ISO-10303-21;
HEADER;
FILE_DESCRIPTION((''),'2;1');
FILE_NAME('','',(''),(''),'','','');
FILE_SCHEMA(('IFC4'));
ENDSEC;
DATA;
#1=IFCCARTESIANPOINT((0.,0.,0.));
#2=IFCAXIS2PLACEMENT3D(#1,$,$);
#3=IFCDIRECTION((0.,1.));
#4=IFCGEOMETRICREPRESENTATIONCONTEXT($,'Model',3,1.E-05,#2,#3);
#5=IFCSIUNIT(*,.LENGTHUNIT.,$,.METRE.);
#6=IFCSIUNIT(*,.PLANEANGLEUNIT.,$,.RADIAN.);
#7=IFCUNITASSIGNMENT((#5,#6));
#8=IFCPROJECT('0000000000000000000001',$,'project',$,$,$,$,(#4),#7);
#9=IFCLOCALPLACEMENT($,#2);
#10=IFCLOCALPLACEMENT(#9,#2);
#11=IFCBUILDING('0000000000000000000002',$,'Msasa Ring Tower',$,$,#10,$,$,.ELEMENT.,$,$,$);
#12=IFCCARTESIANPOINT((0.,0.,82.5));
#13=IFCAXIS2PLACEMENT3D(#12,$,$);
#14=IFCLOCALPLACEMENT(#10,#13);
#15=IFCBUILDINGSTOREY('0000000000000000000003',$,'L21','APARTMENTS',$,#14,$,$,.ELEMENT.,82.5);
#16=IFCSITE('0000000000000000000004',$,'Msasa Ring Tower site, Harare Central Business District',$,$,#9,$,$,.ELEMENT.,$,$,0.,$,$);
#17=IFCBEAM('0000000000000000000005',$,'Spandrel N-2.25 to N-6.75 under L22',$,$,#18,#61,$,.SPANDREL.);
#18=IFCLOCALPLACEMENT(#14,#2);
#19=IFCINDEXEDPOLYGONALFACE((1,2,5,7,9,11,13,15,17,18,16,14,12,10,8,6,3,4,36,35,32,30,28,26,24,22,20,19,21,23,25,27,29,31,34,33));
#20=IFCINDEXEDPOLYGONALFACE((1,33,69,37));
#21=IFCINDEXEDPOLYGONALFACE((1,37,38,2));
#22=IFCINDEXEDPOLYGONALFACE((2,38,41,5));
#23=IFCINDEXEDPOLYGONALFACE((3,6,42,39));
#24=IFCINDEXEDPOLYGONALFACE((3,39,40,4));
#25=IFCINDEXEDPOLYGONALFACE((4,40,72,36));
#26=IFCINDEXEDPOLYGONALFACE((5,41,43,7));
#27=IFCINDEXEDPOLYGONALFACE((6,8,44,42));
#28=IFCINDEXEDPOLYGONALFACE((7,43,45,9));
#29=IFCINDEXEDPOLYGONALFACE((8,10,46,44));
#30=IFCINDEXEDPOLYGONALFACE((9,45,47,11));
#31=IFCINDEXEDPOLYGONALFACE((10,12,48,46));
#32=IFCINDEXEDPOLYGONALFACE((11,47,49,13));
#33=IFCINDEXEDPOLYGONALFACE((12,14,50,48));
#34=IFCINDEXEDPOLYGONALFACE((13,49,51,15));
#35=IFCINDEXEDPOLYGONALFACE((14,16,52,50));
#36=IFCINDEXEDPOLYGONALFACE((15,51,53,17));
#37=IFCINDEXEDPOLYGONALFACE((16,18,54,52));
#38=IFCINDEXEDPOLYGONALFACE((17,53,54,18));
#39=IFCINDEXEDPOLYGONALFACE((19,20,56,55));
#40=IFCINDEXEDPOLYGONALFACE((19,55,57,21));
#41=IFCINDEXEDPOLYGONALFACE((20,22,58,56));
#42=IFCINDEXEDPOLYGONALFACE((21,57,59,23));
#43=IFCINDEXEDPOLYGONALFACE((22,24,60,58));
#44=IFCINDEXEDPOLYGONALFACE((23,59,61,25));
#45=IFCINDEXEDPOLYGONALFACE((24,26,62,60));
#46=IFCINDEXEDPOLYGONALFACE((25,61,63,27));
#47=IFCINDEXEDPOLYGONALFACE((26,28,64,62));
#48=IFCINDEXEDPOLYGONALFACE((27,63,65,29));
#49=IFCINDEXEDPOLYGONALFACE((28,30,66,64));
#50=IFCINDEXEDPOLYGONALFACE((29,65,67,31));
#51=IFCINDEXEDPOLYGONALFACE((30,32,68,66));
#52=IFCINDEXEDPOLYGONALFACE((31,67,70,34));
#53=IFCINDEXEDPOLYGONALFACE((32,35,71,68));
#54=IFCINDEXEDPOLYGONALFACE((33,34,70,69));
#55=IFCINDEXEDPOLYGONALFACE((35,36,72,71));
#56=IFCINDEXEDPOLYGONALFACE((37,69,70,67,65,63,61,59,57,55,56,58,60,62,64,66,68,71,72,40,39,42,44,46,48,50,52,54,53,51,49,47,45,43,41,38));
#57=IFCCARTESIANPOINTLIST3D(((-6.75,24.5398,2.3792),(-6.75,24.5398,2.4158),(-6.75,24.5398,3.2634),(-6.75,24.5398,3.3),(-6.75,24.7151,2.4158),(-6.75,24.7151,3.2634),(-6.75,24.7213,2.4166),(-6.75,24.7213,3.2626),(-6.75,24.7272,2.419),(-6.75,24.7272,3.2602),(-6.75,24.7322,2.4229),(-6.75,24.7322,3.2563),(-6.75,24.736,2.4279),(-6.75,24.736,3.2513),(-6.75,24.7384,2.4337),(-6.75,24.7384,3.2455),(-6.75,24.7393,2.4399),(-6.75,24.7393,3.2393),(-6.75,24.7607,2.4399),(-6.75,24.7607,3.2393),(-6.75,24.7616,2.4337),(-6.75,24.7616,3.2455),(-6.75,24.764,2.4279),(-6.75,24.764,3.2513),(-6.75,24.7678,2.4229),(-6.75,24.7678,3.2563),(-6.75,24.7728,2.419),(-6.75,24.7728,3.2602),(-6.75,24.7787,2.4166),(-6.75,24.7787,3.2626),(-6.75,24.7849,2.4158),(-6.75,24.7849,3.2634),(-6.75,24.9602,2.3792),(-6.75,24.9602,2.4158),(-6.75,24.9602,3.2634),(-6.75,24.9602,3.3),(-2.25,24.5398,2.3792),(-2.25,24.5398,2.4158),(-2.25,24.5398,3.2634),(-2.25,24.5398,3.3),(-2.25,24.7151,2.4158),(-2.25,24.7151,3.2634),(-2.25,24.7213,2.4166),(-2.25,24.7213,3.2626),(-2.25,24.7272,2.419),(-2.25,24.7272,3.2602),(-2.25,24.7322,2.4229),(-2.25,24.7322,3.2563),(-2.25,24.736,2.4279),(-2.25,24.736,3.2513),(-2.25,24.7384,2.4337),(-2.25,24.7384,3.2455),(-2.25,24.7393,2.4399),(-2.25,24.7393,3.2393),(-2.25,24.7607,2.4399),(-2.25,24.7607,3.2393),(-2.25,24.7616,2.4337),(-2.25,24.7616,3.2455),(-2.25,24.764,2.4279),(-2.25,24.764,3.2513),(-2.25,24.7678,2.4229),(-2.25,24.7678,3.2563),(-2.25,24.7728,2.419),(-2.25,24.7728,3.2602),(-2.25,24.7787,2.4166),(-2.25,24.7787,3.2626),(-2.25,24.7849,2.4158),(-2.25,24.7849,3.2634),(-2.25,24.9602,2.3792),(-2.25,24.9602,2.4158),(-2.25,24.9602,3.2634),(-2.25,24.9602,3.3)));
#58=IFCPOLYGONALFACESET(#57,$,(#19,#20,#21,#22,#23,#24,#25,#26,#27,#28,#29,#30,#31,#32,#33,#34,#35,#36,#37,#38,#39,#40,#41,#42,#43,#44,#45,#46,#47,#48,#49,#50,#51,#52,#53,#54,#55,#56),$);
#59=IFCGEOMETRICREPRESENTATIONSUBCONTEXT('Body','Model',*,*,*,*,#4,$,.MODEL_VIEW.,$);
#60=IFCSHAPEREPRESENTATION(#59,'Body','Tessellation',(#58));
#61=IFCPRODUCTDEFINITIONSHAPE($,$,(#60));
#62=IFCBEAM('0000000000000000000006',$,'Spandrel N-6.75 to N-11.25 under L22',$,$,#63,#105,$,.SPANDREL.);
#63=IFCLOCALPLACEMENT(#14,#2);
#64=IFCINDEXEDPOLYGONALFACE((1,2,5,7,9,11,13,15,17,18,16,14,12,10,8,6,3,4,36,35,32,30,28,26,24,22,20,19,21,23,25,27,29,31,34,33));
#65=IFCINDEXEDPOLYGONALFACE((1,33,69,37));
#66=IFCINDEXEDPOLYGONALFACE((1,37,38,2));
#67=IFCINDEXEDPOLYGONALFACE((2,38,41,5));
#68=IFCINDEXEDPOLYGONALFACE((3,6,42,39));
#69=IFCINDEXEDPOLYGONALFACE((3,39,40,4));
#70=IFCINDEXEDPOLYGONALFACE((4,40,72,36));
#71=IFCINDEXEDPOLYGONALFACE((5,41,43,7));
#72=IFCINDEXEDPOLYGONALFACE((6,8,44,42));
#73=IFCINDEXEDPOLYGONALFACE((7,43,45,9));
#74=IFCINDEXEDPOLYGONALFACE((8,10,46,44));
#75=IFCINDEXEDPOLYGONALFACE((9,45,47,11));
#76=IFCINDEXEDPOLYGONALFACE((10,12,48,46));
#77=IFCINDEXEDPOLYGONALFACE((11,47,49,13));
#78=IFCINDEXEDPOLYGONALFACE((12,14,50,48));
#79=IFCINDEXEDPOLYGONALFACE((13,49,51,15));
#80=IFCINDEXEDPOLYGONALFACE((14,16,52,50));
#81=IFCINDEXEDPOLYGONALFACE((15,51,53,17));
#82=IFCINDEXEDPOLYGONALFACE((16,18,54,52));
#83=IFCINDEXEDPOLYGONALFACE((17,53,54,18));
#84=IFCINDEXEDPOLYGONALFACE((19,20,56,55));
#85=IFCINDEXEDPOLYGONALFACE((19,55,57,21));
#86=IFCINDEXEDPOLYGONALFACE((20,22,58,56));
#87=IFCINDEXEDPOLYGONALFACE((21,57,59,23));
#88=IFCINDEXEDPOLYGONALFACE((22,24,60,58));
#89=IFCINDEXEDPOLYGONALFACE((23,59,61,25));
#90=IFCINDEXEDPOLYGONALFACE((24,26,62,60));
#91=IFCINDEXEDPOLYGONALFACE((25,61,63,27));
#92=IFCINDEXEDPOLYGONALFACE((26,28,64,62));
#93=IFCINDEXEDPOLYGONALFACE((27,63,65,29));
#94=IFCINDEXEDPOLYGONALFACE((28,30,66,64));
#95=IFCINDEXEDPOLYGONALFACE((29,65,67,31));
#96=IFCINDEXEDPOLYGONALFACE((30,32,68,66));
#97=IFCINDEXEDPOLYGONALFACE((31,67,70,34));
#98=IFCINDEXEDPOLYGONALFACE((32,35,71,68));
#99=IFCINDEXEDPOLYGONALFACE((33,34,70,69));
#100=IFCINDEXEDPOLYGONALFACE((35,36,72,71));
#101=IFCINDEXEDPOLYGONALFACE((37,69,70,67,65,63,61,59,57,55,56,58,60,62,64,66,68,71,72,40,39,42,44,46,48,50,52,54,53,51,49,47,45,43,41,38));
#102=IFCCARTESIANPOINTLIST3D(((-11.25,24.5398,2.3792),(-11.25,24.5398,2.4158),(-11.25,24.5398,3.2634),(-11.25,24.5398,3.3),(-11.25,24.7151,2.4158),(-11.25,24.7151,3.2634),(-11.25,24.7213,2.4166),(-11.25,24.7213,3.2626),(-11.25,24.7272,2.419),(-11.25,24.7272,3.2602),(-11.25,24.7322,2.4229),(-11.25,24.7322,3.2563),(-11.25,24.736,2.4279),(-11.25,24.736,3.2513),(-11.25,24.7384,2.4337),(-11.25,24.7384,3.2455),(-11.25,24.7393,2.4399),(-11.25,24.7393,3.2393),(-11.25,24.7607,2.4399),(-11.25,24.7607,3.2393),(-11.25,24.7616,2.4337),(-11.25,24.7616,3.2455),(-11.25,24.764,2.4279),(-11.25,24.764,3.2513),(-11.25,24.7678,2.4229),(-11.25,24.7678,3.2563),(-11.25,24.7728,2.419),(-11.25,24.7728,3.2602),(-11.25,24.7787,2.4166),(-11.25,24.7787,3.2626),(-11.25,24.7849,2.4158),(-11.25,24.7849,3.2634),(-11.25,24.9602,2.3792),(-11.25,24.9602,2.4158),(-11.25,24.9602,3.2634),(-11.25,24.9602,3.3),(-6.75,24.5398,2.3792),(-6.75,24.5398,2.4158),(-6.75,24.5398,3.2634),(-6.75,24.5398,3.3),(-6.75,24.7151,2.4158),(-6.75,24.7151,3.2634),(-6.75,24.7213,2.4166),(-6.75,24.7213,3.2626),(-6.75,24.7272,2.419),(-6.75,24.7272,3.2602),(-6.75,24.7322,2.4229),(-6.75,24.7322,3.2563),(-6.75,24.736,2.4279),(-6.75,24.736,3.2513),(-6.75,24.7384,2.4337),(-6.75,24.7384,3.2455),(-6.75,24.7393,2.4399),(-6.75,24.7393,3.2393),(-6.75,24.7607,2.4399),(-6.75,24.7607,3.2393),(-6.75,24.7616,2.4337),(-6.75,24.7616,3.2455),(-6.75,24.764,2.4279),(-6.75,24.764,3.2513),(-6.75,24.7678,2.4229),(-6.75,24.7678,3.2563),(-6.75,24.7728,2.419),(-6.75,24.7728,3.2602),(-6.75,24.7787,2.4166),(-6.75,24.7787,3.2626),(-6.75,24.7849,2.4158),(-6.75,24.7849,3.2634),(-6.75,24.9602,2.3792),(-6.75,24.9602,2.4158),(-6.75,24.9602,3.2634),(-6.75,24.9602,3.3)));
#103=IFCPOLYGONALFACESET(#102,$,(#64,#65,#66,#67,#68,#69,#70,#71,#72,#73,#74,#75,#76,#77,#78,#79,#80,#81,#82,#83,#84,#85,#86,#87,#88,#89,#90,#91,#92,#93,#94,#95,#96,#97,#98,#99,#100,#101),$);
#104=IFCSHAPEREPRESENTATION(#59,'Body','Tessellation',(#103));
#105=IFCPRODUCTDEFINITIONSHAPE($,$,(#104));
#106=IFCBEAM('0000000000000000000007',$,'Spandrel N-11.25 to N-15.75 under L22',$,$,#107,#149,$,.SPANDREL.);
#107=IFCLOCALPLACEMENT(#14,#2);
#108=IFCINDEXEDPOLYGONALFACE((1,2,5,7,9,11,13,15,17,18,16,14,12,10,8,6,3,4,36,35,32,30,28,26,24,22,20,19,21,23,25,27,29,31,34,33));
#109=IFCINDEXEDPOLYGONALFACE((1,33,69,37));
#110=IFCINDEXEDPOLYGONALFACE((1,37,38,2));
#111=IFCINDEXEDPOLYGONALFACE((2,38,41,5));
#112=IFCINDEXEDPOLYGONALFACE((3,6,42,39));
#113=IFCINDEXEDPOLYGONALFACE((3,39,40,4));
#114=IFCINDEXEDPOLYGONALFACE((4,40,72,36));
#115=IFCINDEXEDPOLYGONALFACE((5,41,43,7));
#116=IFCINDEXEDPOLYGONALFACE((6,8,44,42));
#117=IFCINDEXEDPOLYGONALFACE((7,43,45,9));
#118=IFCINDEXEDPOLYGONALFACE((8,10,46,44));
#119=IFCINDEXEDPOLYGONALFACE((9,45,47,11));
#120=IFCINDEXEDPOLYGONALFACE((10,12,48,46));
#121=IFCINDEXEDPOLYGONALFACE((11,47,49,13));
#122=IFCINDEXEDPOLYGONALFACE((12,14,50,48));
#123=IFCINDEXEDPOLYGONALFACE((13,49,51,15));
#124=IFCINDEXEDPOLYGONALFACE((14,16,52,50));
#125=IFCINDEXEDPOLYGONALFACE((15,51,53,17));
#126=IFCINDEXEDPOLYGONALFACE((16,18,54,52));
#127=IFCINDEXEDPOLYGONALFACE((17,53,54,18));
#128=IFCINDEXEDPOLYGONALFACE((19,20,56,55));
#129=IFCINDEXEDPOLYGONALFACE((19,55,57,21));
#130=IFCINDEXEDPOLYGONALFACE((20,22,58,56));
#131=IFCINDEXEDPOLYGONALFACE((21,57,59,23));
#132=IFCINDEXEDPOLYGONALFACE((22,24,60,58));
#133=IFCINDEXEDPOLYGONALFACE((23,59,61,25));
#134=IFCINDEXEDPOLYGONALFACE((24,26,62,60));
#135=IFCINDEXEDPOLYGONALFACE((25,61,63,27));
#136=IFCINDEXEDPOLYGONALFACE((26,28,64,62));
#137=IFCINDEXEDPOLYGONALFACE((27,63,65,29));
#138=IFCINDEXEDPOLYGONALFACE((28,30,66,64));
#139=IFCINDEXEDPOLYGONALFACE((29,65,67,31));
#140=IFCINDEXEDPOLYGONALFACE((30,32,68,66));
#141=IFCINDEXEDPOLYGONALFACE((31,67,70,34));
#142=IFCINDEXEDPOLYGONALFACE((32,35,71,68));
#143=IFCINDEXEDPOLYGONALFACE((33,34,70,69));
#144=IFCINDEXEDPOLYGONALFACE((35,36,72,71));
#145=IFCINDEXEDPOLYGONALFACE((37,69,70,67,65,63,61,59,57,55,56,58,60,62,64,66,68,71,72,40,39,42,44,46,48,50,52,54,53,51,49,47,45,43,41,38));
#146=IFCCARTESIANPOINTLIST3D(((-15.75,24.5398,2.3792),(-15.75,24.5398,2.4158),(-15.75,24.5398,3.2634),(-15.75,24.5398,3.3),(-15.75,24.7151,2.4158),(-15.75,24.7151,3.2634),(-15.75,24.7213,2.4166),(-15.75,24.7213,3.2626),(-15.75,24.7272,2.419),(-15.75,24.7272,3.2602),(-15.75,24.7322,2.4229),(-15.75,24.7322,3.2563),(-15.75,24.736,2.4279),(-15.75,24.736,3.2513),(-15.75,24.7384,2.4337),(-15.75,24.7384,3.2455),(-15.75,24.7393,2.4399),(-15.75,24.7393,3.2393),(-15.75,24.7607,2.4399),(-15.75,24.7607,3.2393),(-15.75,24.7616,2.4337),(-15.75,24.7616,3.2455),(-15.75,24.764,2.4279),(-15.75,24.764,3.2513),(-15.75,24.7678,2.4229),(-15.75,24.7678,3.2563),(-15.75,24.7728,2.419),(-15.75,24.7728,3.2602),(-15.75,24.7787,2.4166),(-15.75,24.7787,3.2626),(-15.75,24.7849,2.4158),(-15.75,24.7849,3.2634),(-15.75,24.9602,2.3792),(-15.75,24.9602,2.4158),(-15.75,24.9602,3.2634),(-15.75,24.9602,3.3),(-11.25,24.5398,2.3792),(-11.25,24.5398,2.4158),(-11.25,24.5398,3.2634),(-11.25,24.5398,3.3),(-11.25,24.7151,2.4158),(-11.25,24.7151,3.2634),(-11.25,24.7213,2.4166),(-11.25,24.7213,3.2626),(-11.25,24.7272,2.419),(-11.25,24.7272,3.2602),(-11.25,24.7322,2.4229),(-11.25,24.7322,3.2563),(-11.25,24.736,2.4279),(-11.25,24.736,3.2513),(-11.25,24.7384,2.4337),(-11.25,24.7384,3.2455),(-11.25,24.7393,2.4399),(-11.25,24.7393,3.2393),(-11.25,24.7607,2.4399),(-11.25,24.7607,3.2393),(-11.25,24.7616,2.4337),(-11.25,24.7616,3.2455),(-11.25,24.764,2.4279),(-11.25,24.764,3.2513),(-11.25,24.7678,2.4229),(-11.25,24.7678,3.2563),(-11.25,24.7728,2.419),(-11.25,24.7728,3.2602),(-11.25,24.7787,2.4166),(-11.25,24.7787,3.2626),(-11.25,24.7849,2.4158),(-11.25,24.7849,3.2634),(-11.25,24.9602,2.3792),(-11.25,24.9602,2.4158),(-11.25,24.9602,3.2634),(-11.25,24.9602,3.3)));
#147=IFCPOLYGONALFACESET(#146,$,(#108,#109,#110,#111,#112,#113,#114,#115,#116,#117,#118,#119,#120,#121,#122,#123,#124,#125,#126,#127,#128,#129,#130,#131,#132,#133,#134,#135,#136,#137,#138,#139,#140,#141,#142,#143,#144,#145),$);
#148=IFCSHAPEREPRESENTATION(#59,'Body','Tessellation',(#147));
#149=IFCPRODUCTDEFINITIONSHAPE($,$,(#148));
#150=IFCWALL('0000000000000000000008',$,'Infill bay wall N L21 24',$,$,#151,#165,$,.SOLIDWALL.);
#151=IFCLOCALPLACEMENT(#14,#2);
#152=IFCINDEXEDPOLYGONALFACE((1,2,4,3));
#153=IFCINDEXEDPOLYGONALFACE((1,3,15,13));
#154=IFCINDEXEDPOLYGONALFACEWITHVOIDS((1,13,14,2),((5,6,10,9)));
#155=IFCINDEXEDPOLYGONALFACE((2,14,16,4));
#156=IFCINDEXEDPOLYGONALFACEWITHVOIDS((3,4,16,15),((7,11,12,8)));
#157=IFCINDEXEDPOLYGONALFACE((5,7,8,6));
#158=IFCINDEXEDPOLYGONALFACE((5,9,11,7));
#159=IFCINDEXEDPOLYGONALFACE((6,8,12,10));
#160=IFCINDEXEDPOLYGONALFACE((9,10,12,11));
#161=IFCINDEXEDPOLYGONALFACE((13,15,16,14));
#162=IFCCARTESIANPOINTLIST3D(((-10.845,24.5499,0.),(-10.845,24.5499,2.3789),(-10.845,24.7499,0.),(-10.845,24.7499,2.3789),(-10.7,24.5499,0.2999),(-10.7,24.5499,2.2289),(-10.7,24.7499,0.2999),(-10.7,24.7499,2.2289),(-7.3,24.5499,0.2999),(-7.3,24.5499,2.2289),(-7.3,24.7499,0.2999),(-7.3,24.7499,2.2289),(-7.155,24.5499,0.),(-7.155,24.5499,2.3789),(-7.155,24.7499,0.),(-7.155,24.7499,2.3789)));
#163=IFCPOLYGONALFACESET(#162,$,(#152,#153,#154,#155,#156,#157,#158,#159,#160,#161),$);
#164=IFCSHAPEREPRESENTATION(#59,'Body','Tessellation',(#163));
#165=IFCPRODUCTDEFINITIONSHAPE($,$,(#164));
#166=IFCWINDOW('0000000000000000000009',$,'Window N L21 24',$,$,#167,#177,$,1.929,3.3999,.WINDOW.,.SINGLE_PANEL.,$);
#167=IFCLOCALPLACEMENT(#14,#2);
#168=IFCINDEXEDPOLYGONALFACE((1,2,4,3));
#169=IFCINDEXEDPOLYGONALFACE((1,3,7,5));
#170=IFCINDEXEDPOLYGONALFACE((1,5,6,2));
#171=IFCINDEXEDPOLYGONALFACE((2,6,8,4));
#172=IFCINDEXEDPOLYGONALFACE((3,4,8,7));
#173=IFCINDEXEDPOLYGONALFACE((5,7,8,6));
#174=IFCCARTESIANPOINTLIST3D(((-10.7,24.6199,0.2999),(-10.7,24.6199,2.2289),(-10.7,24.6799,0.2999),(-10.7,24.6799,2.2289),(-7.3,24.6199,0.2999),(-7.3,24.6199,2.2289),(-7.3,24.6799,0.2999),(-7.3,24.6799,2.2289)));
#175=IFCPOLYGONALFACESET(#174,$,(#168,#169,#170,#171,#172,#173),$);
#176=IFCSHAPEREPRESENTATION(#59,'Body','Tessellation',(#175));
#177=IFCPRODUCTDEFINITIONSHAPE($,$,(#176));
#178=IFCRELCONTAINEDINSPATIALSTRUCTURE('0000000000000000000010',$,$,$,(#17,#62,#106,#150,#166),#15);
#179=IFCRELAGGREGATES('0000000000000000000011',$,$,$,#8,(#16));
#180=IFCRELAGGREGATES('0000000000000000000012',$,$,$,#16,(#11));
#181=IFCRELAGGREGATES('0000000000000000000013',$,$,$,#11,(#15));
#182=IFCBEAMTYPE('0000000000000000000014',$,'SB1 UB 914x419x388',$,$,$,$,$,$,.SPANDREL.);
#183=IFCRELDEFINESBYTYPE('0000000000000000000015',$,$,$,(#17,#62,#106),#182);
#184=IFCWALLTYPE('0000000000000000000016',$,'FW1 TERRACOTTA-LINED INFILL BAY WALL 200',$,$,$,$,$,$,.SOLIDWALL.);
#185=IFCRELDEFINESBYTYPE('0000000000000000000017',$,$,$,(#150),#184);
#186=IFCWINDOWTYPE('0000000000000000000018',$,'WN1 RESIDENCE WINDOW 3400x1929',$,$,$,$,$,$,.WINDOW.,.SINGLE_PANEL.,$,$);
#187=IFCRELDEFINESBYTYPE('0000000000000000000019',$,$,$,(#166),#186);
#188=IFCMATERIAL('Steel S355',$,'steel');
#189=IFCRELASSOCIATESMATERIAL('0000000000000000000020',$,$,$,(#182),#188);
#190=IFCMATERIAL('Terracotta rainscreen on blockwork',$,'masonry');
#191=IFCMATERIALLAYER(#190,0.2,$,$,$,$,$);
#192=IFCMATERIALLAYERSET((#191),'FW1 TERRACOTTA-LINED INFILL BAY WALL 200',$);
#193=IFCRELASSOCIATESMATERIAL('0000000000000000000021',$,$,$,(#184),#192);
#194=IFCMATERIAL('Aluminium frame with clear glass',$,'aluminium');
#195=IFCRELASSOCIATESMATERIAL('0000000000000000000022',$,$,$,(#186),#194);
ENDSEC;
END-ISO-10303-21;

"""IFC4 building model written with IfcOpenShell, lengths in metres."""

from ifc_helpers import new_model, si_unit, direction, frame, frame_2d, origin, origin_2d, place, context, subcontext, project, spatial, rectangle, i_section, extrude, material, layer, layer_set, material_profile, profile_set, type_object, element, fill, save


model = new_model("IFC4")

# Units and contexts
model_context = context("Model", 3, precision=1e-05, world=origin(), true_north=direction((0.0, 1.0)))
body_context = subcontext(model_context, "Body", "Model", "MODEL_VIEW")
ifc_project = project(units=[si_unit("LENGTHUNIT", "METRE"), si_unit("PLANEANGLEUNIT", "RADIAN")], contexts=[model_context])

# Site, building, storey
site_placement = place(None, origin())
site = spatial("IfcSite", under=ifc_project, at=site_placement, Name="Msasa Ring Tower site, Harare Central Business District", CompositionType="ELEMENT", RefElevation=0.0)
building_placement = place(site_placement, origin())
building = spatial("IfcBuilding", under=site, at=building_placement, Name="Msasa Ring Tower", CompositionType="ELEMENT")
storey_placement = place(building_placement, frame((0.0, 0.0, 82.5)))
storey = spatial("IfcBuildingStorey", under=building, at=storey_placement, Name="L21", Description="APARTMENTS", CompositionType="ELEMENT", Elevation=82.5)

# Beams
ifc_material_1 = material(Name="Steel S355", Category="steel")
ifc_material_profile_1 = material_profile(ifc_material_1, i_section(OverallWidth=0.4204, OverallDepth=0.9209, WebThickness=0.0215, FlangeThickness=0.0366, FilletRadius=0.0242, at=origin_2d()), Name="UB 914x419x388")
ifc_profile_set_1 = profile_set([ifc_material_profile_1], Name="Steel S355")
beam_type_1 = type_object("IfcBeamType", Name="SB1 UB 914x419x388", PredefinedType="SPANDREL", material=ifc_profile_set_1)
for number, where, z_axis, x_axis, name in (
    (1, (-2.25, 24.75, 2.8396), (-1.0, 0.0, 0.0), (0.0, -1.0, 0.0), "Spandrel N-2.25 to N-6.75 under L22"),
    (2, (-6.75, 24.75, 2.8396), (-1.0, 0.0, 0.0), (0.0, -1.0, 0.0), "Spandrel N-6.75 to N-11.25 under L22"),
    (3, (-11.25, 24.75, 2.8396), (-1.0, 0.0, 0.0), (0.0, -1.0, 0.0), "Spandrel N-11.25 to N-15.75 under L22"),
):
    element("IfcBeam", number, at=place(storey_placement, frame(where, z_axis=z_axis, x_axis=x_axis)), inside=storey, type_object=beam_type_1, Name=name, PredefinedType="SPANDREL", context=body_context, shape_type="SweptSolid", body=[
        extrude(i_section(OverallWidth=0.4204, OverallDepth=0.9209, WebThickness=0.0215, FlangeThickness=0.0366, FilletRadius=0.0242, at=origin_2d()), origin(), (0.0, 0.0, 1.0), 4.5),
    ])

# Wall, opening, window
ifc_material_2 = material(Name="Terracotta rainscreen on blockwork", Category="masonry")
ifc_layer_1 = layer(ifc_material_2, 0.2)
ifc_layer_set_1 = layer_set([ifc_layer_1], Name="FW1 TERRACOTTA-LINED INFILL BAY WALL 200")
wall_type_1 = type_object("IfcWallType", Name="FW1 TERRACOTTA-LINED INFILL BAY WALL 200", PredefinedType="SOLIDWALL", material=ifc_layer_set_1)
wall_1_placement = place(storey_placement, frame((-10.845, 24.6499, 0.0), z_axis=(0.0, 0.0, 1.0), x_axis=(1.0, 0.0, 0.0)))
wall_1 = element("IfcWall", 4, at=wall_1_placement, inside=storey, type_object=wall_type_1, Name="Infill bay wall N L21 24", PredefinedType="SOLIDWALL", context=body_context, shape_type="SweptSolid", body=[
    extrude(rectangle(XDim=3.6899, YDim=0.2, at=frame_2d((1.845, 0.0))), origin(), (0.0, 0.0, 1.0), 2.3789),
])
opening_1_placement = place(wall_1_placement, frame((0.145, 0.0, 0.3)))
opening_1 = element("IfcOpeningElement", 5, at=opening_1_placement, cuts=wall_1, PredefinedType="OPENING", context=body_context, shape_type="SweptSolid", body=[
    extrude(rectangle(XDim=3.3999, YDim=1.929, at=frame_2d((1.7, 0.9644))), frame((0.0, 0.1099, 0.0), z_axis=(0.0, -1.0, 0.0), x_axis=(1.0, 0.0, 0.0)), (0.0, 0.0, 1.0), 0.22),
])
ifc_material_3 = material(Name="Aluminium frame with clear glass", Category="aluminium")
window_type = type_object("IfcWindowType", Name="WN1 RESIDENCE WINDOW 3400x1929", PartitioningType="SINGLE_PANEL", PredefinedType="WINDOW", material=ifc_material_3)
window_1_placement = place(opening_1_placement, origin())
window_1 = element("IfcWindow", 6, at=window_1_placement, inside=storey, type_object=window_type, Name="Window N L21 24", OverallHeight=1.929, OverallWidth=3.3999, PartitioningType="SINGLE_PANEL", PredefinedType="WINDOW", context=body_context, shape_type="SweptSolid", body=[
    extrude(rectangle(XDim=3.3999, YDim=1.929, at=frame_2d((1.7, 0.9644))), frame((0.0, 0.03, 0.0), z_axis=(0.0, -1.0, 0.0), x_axis=(1.0, 0.0, 0.0)), (0.0, 0.0, 1.0), 0.0601),
])
fill(opening_1, window_1)

save(model, "model.ifc")
